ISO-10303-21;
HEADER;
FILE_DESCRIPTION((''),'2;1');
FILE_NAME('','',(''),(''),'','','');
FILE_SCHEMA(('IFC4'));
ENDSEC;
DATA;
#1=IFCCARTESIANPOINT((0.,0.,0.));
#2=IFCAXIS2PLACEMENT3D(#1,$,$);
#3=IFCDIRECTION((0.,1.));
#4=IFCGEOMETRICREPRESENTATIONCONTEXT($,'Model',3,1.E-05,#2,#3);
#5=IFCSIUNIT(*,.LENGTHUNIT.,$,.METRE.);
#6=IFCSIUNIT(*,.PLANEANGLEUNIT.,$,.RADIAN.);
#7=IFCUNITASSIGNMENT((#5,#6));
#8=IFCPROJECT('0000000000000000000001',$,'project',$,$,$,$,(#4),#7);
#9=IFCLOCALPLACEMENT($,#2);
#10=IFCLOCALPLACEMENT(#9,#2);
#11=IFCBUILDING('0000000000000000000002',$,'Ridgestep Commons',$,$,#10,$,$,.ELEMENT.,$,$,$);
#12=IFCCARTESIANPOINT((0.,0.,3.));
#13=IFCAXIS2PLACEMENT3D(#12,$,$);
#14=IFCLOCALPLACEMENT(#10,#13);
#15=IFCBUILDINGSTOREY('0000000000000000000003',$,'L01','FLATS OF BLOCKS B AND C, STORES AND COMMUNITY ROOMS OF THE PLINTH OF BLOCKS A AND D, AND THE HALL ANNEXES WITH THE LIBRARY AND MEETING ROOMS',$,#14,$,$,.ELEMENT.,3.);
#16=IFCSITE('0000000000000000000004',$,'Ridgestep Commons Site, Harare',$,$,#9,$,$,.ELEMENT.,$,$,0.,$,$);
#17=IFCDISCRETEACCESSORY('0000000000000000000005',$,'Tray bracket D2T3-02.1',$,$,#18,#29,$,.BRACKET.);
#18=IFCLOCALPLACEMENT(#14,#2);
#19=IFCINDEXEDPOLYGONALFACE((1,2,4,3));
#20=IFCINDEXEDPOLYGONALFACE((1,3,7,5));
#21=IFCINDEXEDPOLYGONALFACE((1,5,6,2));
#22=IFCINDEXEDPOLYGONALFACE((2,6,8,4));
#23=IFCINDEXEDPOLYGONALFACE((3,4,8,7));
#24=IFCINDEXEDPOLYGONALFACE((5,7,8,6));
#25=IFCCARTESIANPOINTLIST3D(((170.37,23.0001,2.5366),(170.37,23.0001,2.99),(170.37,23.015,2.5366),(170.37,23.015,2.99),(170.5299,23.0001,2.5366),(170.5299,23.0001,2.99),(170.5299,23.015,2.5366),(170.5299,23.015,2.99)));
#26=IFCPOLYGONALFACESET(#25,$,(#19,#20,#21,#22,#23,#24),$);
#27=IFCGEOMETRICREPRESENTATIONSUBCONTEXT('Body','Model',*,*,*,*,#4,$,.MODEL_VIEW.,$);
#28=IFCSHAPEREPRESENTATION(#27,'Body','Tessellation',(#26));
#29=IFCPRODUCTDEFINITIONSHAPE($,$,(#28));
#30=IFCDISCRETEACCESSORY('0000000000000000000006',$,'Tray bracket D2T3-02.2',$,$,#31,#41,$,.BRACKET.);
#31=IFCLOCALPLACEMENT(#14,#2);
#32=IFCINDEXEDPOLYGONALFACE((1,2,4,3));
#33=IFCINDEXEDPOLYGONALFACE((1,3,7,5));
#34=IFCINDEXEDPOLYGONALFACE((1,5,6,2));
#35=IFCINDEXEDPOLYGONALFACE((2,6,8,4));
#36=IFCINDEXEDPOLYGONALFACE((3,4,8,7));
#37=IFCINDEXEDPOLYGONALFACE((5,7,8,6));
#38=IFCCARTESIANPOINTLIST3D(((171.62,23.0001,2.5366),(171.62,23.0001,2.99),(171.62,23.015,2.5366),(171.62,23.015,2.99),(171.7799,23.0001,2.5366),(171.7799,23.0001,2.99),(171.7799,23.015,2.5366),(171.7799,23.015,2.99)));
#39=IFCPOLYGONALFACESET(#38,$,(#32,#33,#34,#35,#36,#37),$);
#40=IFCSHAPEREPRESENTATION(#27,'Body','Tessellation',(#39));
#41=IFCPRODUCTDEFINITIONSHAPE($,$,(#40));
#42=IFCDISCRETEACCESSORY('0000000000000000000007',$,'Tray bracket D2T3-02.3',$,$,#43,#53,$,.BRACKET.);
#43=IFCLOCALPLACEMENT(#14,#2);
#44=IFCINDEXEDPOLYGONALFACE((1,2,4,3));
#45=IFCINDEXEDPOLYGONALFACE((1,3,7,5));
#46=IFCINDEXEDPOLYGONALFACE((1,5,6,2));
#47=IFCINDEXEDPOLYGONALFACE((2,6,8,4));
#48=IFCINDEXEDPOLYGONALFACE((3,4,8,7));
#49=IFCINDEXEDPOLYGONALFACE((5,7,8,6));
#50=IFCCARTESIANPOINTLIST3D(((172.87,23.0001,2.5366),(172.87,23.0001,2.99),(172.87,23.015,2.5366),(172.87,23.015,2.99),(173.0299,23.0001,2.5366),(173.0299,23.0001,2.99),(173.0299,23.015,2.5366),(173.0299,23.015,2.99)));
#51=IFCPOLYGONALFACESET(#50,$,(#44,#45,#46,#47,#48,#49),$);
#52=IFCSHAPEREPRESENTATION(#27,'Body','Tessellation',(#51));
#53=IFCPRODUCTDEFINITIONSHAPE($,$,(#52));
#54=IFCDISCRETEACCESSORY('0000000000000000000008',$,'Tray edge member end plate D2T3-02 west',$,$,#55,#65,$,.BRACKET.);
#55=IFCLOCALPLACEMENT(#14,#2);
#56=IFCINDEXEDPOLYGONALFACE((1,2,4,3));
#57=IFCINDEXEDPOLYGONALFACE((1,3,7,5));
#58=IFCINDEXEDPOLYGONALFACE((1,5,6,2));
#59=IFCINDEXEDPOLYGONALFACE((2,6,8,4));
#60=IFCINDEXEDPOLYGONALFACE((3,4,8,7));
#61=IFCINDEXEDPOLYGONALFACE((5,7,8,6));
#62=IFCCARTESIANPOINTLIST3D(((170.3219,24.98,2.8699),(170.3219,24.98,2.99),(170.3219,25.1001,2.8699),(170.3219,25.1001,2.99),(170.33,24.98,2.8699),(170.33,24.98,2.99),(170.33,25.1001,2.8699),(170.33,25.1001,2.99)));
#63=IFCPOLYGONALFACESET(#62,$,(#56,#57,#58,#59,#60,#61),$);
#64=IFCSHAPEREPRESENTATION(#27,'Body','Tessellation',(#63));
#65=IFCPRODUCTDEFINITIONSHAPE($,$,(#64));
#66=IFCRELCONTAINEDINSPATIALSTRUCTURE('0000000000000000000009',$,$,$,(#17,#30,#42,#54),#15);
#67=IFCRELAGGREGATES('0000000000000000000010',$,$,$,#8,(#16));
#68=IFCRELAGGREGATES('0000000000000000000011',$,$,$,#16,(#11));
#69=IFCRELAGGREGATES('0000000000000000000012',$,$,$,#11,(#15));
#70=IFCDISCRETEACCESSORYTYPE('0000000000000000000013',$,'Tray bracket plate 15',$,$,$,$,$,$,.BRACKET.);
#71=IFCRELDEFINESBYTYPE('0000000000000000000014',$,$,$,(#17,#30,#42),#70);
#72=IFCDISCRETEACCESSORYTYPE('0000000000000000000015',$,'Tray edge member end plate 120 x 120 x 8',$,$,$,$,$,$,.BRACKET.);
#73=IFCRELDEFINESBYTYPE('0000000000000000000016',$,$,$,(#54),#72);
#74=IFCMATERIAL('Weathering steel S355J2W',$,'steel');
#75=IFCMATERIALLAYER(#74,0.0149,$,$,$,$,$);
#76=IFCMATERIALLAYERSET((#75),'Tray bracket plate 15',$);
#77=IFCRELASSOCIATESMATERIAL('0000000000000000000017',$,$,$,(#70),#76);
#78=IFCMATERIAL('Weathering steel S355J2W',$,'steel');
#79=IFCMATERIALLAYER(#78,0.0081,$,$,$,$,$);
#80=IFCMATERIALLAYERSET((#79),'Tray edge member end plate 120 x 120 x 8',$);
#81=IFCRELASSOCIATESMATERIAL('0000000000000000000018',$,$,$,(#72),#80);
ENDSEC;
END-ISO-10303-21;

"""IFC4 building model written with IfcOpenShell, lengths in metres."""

from ifc_helpers import new_model, si_unit, direction, frame, origin, origin_2d, place, context, subcontext, project, spatial, rectangle, extrude, material, layer, layer_set, type_object, element, save


model = new_model("IFC4")

# Units and contexts
model_context = context("Model", 3, precision=1e-05, world=origin(), true_north=direction((0.0, 1.0)))
body_context = subcontext(model_context, "Body", "Model", "MODEL_VIEW")
ifc_project = project(units=[si_unit("LENGTHUNIT", "METRE"), si_unit("PLANEANGLEUNIT", "RADIAN")], contexts=[model_context])

# Site, building, storey
site_placement = place(None, origin())
site = spatial("IfcSite", under=ifc_project, at=site_placement, Name="Ridgestep Commons Site, Harare", CompositionType="ELEMENT", RefElevation=0.0)
building_placement = place(site_placement, origin())
building = spatial("IfcBuilding", under=site, at=building_placement, Name="Ridgestep Commons", CompositionType="ELEMENT")
storey_placement = place(building_placement, frame((0.0, 0.0, 3.0)))
storey = spatial("IfcBuildingStorey", under=building, at=storey_placement, Name="L01", Description="FLATS OF BLOCKS B AND C, STORES AND COMMUNITY ROOMS OF THE PLINTH OF BLOCKS A AND D, AND THE HALL ANNEXES WITH THE LIBRARY AND MEETING ROOMS", CompositionType="ELEMENT", Elevation=3.0)

# Discrete accessories
ifc_material_1 = material(Name="Weathering steel S355J2W", Category="steel")
ifc_layer_1 = layer(ifc_material_1, 0.0149)
ifc_layer_set_1 = layer_set([ifc_layer_1], Name="Tray bracket plate 15")
discrete_accessory_type_1 = type_object("IfcDiscreteAccessoryType", Name="Tray bracket plate 15", PredefinedType="BRACKET", material=ifc_layer_set_1)
for number, where, z_axis, x_axis, name in (
    (1, (170.45, 23.0076, 2.5366), (0.0, 0.0, 1.0), (1.0, 0.0, 0.0), "Tray bracket D2T3-02.1"),
    (2, (171.7, 23.0076, 2.5366), (0.0, 0.0, 1.0), (1.0, 0.0, 0.0), "Tray bracket D2T3-02.2"),
    (3, (172.95, 23.0076, 2.5366), (0.0, 0.0, 1.0), (1.0, 0.0, 0.0), "Tray bracket D2T3-02.3"),
):
    element("IfcDiscreteAccessory", number, at=place(storey_placement, frame(where, z_axis=z_axis, x_axis=x_axis)), inside=storey, type_object=discrete_accessory_type_1, Name=name, PredefinedType="BRACKET", context=body_context, shape_type="SweptSolid", body=[
        extrude(rectangle(XDim=0.1599, YDim=0.0149, at=origin_2d()), origin(), (0.0, 0.0, 1.0), 0.4534),
    ])
ifc_material_2 = material(Name="Weathering steel S355J2W", Category="steel")
ifc_layer_2 = layer(ifc_material_2, 0.0081)
ifc_layer_set_2 = layer_set([ifc_layer_2], Name="Tray edge member end plate 120 x 120 x 8")
discrete_accessory_type_2 = type_object("IfcDiscreteAccessoryType", Name="Tray edge member end plate 120 x 120 x 8", PredefinedType="BRACKET", material=ifc_layer_set_2)
discrete_accessory_placement = place(storey_placement, frame((170.3259, 25.04, 2.8699), z_axis=(0.0, 0.0, 1.0), x_axis=(1.0, 0.0, 0.0)))
element("IfcDiscreteAccessory", 4, at=discrete_accessory_placement, inside=storey, type_object=discrete_accessory_type_2, Name="Tray edge member end plate D2T3-02 west", PredefinedType="BRACKET", context=body_context, shape_type="SweptSolid", body=[
    extrude(rectangle(XDim=0.0081, YDim=0.1201, at=origin_2d()), origin(), (0.0, 0.0, 1.0), 0.1201),
])

save(model, "model.ifc")
